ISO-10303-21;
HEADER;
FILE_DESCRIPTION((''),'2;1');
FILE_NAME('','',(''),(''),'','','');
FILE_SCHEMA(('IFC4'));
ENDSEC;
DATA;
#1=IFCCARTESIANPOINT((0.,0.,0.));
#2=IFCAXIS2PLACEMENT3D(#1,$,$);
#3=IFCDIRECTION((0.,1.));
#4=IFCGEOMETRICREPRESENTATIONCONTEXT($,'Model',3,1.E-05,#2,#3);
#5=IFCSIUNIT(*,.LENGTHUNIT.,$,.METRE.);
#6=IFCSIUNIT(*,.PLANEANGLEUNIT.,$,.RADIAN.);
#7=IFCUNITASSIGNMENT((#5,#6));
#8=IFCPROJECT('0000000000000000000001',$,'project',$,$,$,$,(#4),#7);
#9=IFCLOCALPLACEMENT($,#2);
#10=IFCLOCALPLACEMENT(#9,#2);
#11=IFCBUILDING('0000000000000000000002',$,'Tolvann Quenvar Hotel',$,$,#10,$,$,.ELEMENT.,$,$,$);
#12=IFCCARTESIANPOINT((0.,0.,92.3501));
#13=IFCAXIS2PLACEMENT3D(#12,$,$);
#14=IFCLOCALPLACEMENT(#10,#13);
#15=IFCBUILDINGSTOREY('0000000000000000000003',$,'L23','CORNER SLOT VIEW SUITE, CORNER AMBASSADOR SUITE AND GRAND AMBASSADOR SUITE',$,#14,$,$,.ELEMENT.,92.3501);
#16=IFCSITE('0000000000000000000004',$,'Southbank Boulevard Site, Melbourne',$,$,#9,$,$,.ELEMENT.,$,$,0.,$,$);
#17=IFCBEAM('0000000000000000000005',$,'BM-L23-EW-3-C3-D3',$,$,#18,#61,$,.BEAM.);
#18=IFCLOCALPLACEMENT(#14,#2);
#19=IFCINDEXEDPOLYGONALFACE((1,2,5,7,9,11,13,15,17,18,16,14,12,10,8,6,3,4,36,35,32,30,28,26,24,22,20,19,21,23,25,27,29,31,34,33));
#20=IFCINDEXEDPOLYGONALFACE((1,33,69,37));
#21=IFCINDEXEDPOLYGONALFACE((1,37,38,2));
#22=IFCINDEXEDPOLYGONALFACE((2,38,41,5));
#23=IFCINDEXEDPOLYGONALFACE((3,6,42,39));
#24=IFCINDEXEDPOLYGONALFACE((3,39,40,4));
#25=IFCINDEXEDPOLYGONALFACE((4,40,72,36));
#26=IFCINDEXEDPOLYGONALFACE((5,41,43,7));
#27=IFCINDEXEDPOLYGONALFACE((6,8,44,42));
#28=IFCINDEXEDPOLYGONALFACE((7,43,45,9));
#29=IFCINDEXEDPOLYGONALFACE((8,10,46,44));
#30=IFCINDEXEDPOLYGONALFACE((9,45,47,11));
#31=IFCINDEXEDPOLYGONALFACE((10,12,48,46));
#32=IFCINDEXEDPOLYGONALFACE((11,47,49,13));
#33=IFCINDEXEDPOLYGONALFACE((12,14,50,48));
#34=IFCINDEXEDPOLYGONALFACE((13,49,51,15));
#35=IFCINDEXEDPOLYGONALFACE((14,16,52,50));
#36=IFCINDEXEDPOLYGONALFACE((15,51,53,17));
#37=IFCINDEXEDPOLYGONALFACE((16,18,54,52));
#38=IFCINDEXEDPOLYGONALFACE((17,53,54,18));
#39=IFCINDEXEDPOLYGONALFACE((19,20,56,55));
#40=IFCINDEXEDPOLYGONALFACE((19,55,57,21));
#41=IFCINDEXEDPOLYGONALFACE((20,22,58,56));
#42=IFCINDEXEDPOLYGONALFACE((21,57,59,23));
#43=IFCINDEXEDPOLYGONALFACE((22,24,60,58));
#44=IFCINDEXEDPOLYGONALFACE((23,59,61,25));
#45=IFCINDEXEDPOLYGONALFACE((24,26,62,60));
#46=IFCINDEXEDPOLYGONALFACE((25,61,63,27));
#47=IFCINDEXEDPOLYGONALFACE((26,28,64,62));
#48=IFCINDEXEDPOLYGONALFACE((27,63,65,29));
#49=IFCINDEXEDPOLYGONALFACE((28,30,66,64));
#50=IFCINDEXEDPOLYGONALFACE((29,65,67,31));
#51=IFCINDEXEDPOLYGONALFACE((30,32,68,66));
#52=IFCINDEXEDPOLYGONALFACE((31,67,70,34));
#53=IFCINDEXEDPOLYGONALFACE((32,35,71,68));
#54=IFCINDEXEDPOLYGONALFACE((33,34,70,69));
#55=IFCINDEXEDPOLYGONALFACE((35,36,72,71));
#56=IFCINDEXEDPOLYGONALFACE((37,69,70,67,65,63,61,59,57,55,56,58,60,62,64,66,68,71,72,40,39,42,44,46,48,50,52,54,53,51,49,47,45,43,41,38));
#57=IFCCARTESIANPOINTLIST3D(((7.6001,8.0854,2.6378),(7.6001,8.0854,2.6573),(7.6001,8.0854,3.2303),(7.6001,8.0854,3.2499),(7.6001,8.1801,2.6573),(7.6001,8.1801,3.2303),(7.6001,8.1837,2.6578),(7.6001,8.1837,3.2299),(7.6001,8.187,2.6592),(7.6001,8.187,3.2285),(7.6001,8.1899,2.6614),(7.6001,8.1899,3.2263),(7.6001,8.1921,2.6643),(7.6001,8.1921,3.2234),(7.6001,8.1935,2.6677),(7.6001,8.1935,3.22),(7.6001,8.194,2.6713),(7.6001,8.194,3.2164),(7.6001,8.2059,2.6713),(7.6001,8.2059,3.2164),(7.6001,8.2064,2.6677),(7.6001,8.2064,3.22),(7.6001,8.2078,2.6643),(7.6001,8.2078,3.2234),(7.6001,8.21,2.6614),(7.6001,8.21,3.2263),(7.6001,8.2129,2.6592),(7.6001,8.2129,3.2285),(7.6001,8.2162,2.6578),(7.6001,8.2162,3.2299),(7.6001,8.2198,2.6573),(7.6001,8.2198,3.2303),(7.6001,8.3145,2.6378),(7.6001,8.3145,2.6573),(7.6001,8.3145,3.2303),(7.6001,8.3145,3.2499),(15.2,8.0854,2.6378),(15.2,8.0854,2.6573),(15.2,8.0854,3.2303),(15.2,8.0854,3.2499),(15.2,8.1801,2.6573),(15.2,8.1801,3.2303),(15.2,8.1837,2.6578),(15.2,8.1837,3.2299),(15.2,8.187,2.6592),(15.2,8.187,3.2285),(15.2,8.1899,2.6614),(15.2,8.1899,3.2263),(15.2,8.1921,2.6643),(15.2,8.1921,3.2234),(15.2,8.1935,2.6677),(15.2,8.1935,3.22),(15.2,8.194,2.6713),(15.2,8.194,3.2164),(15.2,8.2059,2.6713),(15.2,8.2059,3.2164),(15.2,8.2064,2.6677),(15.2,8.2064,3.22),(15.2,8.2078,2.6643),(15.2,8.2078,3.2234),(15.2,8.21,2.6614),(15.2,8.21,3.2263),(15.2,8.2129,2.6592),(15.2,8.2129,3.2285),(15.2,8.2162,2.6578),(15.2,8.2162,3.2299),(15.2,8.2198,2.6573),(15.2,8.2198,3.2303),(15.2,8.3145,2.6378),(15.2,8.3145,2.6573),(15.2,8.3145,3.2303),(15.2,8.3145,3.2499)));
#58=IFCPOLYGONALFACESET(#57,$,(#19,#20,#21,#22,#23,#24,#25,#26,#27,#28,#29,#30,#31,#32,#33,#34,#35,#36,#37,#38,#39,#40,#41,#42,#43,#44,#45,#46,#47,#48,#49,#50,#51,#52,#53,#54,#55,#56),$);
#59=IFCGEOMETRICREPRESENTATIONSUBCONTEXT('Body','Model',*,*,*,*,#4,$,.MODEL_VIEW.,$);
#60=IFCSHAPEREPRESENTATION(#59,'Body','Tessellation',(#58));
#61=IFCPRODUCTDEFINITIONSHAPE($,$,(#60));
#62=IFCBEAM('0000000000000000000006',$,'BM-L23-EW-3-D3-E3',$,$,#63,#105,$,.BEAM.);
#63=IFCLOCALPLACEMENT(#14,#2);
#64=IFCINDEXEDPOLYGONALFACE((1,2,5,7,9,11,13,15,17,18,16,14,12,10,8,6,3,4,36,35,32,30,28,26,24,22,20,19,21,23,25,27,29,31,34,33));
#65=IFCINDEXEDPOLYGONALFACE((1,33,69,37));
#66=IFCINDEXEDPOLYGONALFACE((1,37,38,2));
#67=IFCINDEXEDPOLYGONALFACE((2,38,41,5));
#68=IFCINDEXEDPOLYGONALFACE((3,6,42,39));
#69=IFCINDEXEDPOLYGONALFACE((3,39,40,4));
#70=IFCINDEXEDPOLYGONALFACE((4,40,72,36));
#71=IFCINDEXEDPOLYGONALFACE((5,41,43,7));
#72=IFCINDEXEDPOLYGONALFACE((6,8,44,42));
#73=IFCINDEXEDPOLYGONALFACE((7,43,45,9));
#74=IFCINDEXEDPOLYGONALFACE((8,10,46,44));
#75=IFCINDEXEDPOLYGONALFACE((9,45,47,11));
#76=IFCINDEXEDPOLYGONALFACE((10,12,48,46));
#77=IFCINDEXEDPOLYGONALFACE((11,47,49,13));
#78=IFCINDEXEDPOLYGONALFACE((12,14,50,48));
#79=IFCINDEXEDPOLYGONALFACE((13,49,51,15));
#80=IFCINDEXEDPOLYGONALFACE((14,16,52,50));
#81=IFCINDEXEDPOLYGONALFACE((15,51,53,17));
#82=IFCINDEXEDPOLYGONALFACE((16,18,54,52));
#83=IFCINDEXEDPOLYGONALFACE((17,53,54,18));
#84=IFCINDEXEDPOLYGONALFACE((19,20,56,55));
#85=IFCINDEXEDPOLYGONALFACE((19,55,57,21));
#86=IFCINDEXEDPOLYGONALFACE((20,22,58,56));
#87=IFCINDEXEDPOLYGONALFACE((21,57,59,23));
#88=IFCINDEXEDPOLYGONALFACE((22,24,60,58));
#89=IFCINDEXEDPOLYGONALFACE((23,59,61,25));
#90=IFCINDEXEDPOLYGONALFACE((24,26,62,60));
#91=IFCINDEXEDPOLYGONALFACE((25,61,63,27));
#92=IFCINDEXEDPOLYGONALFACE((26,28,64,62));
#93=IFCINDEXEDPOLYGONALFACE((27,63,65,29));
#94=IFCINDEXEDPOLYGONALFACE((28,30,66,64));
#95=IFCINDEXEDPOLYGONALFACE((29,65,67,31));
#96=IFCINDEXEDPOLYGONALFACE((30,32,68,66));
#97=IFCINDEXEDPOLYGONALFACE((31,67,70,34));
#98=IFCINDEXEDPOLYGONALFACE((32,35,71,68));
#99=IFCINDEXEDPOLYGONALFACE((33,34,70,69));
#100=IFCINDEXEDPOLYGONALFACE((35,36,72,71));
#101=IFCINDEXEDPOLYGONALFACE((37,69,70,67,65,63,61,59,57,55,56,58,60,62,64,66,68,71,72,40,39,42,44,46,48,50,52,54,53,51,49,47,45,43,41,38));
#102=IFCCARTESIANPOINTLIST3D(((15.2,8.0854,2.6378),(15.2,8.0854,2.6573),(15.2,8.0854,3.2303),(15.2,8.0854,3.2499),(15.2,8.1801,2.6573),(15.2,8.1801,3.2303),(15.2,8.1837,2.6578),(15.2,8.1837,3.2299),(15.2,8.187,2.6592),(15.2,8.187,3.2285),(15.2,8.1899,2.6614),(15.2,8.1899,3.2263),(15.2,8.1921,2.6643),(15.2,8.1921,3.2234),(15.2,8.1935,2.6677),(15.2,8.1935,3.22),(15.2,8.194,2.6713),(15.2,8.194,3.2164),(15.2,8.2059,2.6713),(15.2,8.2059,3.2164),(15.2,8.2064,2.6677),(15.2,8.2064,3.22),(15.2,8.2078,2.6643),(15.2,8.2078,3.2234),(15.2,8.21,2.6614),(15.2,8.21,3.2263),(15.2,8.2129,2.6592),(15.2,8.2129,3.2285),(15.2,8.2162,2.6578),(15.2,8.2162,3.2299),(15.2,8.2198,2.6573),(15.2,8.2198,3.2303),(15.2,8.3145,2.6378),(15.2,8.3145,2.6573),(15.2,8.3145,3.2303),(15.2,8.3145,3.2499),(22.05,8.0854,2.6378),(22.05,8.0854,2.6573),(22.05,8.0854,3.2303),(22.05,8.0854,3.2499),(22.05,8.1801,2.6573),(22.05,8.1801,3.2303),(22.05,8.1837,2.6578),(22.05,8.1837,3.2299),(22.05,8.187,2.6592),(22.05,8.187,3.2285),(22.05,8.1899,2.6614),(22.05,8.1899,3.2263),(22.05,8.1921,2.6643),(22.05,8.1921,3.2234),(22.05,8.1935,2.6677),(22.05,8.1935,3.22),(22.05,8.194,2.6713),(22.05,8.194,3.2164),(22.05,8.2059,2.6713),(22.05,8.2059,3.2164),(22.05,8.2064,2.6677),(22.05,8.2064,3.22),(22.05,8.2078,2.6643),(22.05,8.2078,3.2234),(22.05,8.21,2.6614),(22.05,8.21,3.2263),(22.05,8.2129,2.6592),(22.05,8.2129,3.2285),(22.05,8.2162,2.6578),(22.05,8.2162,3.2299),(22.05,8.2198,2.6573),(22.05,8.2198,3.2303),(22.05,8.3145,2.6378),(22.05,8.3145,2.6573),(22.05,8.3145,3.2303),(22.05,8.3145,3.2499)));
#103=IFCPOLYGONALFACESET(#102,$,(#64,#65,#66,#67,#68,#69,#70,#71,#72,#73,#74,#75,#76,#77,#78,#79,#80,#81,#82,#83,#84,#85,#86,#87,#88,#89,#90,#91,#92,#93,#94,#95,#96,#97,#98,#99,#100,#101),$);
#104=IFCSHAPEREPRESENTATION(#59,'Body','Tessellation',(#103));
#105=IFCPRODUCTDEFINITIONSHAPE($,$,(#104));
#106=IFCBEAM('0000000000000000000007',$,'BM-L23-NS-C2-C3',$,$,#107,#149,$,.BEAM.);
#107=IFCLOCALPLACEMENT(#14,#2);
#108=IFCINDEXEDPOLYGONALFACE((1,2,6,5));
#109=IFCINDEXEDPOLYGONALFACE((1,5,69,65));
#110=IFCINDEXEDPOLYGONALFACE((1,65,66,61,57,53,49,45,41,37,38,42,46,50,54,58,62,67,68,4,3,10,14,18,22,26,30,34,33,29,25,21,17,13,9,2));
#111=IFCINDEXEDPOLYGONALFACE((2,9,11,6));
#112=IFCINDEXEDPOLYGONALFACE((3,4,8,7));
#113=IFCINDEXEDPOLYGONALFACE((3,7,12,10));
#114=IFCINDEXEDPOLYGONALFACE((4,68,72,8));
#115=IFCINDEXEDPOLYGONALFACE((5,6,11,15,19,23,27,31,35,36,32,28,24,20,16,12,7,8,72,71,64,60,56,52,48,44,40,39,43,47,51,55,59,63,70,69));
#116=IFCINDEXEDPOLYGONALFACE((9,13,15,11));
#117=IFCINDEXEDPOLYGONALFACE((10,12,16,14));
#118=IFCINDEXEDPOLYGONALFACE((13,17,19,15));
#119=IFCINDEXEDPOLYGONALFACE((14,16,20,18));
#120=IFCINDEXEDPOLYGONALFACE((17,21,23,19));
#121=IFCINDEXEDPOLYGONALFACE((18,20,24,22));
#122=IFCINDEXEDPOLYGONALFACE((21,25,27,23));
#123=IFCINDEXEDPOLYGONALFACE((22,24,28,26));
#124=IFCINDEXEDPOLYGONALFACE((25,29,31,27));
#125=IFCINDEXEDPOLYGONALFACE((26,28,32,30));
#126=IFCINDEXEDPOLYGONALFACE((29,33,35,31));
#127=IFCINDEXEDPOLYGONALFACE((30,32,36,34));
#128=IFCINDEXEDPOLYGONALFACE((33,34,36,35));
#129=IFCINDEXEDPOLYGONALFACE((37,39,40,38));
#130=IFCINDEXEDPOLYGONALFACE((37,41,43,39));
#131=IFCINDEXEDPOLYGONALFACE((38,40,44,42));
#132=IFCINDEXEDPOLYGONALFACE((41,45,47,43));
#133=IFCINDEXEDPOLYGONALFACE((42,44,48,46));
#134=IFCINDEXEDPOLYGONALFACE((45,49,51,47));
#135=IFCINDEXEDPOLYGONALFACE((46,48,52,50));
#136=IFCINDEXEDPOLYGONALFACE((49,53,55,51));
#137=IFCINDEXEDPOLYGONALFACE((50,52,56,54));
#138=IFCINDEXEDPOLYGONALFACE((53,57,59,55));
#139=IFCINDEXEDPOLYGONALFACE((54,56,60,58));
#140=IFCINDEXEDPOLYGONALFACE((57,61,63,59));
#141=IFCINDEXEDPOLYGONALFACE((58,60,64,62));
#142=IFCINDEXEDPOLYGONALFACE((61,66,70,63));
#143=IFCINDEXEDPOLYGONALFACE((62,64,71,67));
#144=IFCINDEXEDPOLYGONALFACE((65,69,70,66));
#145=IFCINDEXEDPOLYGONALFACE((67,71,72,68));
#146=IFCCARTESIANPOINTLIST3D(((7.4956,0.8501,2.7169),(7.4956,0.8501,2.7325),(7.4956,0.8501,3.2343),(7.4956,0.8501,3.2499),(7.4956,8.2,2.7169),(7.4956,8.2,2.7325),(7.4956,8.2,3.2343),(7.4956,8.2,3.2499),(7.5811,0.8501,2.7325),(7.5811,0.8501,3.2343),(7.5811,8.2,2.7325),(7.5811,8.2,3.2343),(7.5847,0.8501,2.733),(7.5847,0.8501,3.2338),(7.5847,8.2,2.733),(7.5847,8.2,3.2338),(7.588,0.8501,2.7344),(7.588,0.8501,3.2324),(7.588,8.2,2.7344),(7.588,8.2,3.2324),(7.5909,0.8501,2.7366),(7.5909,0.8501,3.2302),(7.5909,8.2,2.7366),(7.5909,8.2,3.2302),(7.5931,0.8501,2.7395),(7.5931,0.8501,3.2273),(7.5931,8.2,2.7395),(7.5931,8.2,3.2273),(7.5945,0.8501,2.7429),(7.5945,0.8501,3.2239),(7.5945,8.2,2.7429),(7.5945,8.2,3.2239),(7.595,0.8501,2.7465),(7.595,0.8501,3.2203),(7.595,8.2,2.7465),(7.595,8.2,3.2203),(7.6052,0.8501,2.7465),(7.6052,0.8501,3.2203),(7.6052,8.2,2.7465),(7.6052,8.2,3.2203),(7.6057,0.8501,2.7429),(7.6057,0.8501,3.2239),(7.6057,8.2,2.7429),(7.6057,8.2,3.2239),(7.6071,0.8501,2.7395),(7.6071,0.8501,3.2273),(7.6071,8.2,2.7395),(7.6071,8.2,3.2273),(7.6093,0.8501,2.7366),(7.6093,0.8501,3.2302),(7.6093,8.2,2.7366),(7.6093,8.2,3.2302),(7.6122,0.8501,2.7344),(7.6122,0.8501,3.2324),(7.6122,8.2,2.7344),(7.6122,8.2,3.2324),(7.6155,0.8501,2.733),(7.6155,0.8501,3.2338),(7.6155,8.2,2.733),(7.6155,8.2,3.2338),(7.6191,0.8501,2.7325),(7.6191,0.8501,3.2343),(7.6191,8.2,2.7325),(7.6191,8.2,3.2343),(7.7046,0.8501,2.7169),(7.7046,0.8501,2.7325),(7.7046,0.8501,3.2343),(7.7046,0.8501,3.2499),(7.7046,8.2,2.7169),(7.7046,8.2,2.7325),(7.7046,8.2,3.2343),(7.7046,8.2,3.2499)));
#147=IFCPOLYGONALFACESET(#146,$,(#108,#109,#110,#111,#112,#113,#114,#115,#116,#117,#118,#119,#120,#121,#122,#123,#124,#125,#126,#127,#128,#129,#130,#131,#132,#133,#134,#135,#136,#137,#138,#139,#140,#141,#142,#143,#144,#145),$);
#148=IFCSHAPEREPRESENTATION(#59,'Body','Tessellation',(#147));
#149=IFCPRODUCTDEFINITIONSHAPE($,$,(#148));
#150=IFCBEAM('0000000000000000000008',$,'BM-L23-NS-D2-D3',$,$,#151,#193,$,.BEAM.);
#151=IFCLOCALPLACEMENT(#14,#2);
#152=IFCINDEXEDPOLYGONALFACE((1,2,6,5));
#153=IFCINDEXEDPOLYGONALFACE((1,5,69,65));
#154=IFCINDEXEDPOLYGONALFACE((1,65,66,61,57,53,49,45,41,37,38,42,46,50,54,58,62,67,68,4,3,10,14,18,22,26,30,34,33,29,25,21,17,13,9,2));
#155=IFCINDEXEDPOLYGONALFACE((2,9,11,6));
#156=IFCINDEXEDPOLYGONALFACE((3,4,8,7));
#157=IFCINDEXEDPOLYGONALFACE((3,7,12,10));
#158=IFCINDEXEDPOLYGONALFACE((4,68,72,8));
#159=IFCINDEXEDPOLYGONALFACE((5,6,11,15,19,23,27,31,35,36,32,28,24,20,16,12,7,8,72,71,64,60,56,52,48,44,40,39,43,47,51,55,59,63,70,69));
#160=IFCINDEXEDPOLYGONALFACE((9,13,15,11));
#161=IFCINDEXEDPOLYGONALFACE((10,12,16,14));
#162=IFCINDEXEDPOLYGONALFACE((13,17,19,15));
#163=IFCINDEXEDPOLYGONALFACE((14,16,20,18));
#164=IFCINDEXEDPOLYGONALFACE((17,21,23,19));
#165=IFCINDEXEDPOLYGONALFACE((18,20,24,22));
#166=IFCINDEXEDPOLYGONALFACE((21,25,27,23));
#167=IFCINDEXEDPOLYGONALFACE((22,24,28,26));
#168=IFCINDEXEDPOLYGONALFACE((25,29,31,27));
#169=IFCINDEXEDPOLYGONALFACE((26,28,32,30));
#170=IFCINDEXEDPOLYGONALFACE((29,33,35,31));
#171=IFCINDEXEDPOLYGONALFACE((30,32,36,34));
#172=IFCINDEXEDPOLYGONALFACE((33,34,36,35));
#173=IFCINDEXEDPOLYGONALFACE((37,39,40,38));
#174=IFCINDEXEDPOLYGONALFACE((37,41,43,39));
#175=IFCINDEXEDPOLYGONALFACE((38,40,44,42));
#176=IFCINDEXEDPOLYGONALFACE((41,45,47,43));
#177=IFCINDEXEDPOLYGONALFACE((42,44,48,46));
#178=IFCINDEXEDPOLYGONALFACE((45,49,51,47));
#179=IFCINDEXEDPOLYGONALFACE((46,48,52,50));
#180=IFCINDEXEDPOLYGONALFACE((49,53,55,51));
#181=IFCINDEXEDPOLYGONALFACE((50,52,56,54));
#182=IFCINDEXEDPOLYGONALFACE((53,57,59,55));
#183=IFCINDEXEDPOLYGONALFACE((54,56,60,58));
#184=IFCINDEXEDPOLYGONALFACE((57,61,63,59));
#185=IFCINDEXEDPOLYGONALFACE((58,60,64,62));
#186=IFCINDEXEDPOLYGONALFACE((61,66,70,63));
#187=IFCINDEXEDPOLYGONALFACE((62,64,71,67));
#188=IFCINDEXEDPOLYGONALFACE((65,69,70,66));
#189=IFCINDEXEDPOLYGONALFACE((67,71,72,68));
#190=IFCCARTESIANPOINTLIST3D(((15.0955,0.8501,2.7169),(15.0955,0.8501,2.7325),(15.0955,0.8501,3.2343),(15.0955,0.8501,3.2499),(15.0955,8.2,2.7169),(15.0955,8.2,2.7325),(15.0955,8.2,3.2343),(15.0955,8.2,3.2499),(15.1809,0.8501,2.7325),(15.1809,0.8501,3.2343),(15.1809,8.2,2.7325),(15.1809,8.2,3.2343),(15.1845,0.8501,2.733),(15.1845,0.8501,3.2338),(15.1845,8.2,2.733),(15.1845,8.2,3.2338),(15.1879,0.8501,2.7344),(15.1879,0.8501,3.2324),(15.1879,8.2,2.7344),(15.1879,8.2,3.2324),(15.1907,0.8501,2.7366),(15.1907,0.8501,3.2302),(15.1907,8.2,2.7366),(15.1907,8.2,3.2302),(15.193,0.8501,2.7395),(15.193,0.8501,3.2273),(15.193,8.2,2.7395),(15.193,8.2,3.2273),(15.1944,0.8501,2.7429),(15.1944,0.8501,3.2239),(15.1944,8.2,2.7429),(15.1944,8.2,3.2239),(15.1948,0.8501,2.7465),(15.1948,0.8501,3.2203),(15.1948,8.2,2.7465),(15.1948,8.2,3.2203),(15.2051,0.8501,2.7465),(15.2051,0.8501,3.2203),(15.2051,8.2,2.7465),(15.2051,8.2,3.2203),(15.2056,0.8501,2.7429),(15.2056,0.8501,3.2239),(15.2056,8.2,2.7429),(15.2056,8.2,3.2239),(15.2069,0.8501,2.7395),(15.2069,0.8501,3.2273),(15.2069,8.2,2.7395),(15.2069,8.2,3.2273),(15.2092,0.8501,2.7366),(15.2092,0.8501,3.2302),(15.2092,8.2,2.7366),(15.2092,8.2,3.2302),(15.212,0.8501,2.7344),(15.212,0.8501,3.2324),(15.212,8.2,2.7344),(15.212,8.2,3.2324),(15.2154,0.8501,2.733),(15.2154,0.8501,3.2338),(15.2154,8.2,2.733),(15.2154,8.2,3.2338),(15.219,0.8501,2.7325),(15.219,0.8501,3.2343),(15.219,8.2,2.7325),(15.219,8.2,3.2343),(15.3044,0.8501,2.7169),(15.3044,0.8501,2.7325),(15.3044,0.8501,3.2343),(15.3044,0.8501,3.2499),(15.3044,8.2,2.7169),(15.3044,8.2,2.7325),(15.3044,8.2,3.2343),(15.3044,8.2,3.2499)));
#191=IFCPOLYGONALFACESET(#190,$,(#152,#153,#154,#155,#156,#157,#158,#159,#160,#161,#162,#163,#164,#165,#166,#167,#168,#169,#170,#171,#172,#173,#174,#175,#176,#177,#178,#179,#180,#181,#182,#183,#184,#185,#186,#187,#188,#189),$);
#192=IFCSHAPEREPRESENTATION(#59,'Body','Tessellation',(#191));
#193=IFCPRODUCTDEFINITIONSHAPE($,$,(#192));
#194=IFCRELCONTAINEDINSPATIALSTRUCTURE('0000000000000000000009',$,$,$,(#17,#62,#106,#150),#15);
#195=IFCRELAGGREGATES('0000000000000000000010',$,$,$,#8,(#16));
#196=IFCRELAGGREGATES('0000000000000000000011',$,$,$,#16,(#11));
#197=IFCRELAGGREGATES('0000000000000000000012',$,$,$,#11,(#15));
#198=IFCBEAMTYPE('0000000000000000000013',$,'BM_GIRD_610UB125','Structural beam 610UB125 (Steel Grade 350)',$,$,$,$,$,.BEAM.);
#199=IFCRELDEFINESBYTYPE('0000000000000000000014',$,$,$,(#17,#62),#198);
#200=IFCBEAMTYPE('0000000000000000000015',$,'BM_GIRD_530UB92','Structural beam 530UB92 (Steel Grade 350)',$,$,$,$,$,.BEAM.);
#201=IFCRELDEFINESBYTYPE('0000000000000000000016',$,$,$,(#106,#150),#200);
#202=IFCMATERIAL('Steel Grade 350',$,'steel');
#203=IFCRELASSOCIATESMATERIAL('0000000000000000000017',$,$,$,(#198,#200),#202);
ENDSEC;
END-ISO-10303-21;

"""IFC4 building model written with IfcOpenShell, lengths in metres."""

from ifc_helpers import new_model, si_unit, direction, frame, origin, origin_2d, place, context, subcontext, project, spatial, i_section, extrude, source, transform, mapped, material, material_profile, profile_set, type_object, type_shapes, element, save


model = new_model("IFC4")

# Units and contexts
model_context = context("Model", 3, precision=1e-05, world=origin(), true_north=direction((0.0, 1.0)))
body_context = subcontext(model_context, "Body", "Model", "MODEL_VIEW")
ifc_project = project(units=[si_unit("LENGTHUNIT", "METRE"), si_unit("PLANEANGLEUNIT", "RADIAN")], contexts=[model_context])

# Site, building, storey
site_placement = place(None, origin())
site = spatial("IfcSite", under=ifc_project, at=site_placement, Name="Southbank Boulevard Site, Melbourne", CompositionType="ELEMENT", RefElevation=0.0)
building_placement = place(site_placement, origin())
building = spatial("IfcBuilding", under=site, at=building_placement, Name="Tolvann Quenvar Hotel", CompositionType="ELEMENT")
storey_placement = place(building_placement, frame((0.0, 0.0, 92.3501)))
storey = spatial("IfcBuildingStorey", under=building, at=storey_placement, Name="L23", Description="CORNER SLOT VIEW SUITE, CORNER AMBASSADOR SUITE AND GRAND AMBASSADOR SUITE", CompositionType="ELEMENT", Elevation=92.3501)

# Shared definitions
ifc_material_1 = material(Name="Steel Grade 350", Category="steel")

# Beams
ifc_material_profile_1 = material_profile(ifc_material_1, i_section(OverallWidth=0.229, OverallDepth=0.6121, WebThickness=0.012, FlangeThickness=0.0195, FilletRadius=0.0139, at=origin_2d()), Name="610UB125")
ifc_profile_set_1 = profile_set([ifc_material_profile_1], Name="Steel Grade 350")
beam_type_1 = type_object("IfcBeamType", Name="BM_GIRD_610UB125", Description="Structural beam 610UB125 (Steel Grade 350)", PredefinedType="BEAM", material=ifc_profile_set_1)
shared_shape_1 = source(origin(), body_context, "Body", "SweptSolid", [
    extrude(i_section(OverallWidth=0.229, OverallDepth=0.6121, WebThickness=0.012, FlangeThickness=0.0195, FilletRadius=0.0139, at=origin_2d()), origin(), (0.0, 0.0, 1.0), 7.5999),
])
beam_1_placement = place(storey_placement, frame((7.6001, 8.2, 2.9438), z_axis=(1.0, 0.0, 0.0), x_axis=(0.0, 1.0, 0.0)))
element("IfcBeam", 1, at=beam_1_placement, inside=storey, type_object=beam_type_1, Name="BM-L23-EW-3-C3-D3", PredefinedType="BEAM", context=body_context, shape_type="MappedRepresentation", body=[
    mapped(shared_shape_1, transform((0.0, 0.0, 0.0), x_axis=(1.0, 0.0, 0.0), y_axis=(0.0, 1.0, 0.0), z_axis=(0.0, 0.0, 1.0), scale=1.0)),
])
shared_shape_2 = source(origin(), body_context, "Body", "SweptSolid", [
    extrude(i_section(OverallWidth=0.229, OverallDepth=0.6121, WebThickness=0.012, FlangeThickness=0.0195, FilletRadius=0.0139, at=origin_2d()), origin(), (0.0, 0.0, 1.0), 6.8501),
])
type_shapes(beam_type_1, [shared_shape_1, shared_shape_2])
beam_2_placement = place(storey_placement, frame((15.2, 8.2, 2.9438), z_axis=(1.0, 0.0, 0.0), x_axis=(0.0, 1.0, 0.0)))
element("IfcBeam", 2, at=beam_2_placement, inside=storey, type_object=beam_type_1, Name="BM-L23-EW-3-D3-E3", PredefinedType="BEAM", context=body_context, shape_type="MappedRepresentation", body=[
    mapped(shared_shape_2, transform((0.0, 0.0, 0.0), x_axis=(1.0, 0.0, 0.0), y_axis=(0.0, 1.0, 0.0), z_axis=(0.0, 0.0, 1.0), scale=1.0)),
])
ifc_material_profile_2 = material_profile(ifc_material_1, i_section(OverallWidth=0.209, OverallDepth=0.533, WebThickness=0.0103, FlangeThickness=0.0156, FilletRadius=0.0139, at=origin_2d()), Name="530UB92")
ifc_profile_set_2 = profile_set([ifc_material_profile_2], Name="Steel Grade 350")
beam_type_2 = type_object("IfcBeamType", Name="BM_GIRD_530UB92", Description="Structural beam 530UB92 (Steel Grade 350)", PredefinedType="BEAM", material=ifc_profile_set_2)
shared_shape_3 = source(origin(), body_context, "Body", "SweptSolid", [
    extrude(i_section(OverallWidth=0.209, OverallDepth=0.533, WebThickness=0.0103, FlangeThickness=0.0156, FilletRadius=0.0139, at=origin_2d()), origin(), (0.0, 0.0, 1.0), 7.3499),
])
for number, where, z_axis, x_axis, name in (
    (3, (7.6001, 0.8501, 2.9834), (0.0, 1.0, 0.0), (-1.0, 0.0, 0.0), "BM-L23-NS-C2-C3"),
    (4, (15.2, 0.8501, 2.9834), (0.0, 1.0, 0.0), (-1.0, 0.0, 0.0), "BM-L23-NS-D2-D3"),
):
    element("IfcBeam", number, at=place(storey_placement, frame(where, z_axis=z_axis, x_axis=x_axis)), inside=storey, type_object=beam_type_2, Name=name, PredefinedType="BEAM", context=body_context, shape_type="MappedRepresentation", body=[
        mapped(shared_shape_3, transform((0.0, 0.0, 0.0), x_axis=(1.0, 0.0, 0.0), y_axis=(0.0, 1.0, 0.0), z_axis=(0.0, 0.0, 1.0), scale=1.0)),
    ])

save(model, "model.ifc")
